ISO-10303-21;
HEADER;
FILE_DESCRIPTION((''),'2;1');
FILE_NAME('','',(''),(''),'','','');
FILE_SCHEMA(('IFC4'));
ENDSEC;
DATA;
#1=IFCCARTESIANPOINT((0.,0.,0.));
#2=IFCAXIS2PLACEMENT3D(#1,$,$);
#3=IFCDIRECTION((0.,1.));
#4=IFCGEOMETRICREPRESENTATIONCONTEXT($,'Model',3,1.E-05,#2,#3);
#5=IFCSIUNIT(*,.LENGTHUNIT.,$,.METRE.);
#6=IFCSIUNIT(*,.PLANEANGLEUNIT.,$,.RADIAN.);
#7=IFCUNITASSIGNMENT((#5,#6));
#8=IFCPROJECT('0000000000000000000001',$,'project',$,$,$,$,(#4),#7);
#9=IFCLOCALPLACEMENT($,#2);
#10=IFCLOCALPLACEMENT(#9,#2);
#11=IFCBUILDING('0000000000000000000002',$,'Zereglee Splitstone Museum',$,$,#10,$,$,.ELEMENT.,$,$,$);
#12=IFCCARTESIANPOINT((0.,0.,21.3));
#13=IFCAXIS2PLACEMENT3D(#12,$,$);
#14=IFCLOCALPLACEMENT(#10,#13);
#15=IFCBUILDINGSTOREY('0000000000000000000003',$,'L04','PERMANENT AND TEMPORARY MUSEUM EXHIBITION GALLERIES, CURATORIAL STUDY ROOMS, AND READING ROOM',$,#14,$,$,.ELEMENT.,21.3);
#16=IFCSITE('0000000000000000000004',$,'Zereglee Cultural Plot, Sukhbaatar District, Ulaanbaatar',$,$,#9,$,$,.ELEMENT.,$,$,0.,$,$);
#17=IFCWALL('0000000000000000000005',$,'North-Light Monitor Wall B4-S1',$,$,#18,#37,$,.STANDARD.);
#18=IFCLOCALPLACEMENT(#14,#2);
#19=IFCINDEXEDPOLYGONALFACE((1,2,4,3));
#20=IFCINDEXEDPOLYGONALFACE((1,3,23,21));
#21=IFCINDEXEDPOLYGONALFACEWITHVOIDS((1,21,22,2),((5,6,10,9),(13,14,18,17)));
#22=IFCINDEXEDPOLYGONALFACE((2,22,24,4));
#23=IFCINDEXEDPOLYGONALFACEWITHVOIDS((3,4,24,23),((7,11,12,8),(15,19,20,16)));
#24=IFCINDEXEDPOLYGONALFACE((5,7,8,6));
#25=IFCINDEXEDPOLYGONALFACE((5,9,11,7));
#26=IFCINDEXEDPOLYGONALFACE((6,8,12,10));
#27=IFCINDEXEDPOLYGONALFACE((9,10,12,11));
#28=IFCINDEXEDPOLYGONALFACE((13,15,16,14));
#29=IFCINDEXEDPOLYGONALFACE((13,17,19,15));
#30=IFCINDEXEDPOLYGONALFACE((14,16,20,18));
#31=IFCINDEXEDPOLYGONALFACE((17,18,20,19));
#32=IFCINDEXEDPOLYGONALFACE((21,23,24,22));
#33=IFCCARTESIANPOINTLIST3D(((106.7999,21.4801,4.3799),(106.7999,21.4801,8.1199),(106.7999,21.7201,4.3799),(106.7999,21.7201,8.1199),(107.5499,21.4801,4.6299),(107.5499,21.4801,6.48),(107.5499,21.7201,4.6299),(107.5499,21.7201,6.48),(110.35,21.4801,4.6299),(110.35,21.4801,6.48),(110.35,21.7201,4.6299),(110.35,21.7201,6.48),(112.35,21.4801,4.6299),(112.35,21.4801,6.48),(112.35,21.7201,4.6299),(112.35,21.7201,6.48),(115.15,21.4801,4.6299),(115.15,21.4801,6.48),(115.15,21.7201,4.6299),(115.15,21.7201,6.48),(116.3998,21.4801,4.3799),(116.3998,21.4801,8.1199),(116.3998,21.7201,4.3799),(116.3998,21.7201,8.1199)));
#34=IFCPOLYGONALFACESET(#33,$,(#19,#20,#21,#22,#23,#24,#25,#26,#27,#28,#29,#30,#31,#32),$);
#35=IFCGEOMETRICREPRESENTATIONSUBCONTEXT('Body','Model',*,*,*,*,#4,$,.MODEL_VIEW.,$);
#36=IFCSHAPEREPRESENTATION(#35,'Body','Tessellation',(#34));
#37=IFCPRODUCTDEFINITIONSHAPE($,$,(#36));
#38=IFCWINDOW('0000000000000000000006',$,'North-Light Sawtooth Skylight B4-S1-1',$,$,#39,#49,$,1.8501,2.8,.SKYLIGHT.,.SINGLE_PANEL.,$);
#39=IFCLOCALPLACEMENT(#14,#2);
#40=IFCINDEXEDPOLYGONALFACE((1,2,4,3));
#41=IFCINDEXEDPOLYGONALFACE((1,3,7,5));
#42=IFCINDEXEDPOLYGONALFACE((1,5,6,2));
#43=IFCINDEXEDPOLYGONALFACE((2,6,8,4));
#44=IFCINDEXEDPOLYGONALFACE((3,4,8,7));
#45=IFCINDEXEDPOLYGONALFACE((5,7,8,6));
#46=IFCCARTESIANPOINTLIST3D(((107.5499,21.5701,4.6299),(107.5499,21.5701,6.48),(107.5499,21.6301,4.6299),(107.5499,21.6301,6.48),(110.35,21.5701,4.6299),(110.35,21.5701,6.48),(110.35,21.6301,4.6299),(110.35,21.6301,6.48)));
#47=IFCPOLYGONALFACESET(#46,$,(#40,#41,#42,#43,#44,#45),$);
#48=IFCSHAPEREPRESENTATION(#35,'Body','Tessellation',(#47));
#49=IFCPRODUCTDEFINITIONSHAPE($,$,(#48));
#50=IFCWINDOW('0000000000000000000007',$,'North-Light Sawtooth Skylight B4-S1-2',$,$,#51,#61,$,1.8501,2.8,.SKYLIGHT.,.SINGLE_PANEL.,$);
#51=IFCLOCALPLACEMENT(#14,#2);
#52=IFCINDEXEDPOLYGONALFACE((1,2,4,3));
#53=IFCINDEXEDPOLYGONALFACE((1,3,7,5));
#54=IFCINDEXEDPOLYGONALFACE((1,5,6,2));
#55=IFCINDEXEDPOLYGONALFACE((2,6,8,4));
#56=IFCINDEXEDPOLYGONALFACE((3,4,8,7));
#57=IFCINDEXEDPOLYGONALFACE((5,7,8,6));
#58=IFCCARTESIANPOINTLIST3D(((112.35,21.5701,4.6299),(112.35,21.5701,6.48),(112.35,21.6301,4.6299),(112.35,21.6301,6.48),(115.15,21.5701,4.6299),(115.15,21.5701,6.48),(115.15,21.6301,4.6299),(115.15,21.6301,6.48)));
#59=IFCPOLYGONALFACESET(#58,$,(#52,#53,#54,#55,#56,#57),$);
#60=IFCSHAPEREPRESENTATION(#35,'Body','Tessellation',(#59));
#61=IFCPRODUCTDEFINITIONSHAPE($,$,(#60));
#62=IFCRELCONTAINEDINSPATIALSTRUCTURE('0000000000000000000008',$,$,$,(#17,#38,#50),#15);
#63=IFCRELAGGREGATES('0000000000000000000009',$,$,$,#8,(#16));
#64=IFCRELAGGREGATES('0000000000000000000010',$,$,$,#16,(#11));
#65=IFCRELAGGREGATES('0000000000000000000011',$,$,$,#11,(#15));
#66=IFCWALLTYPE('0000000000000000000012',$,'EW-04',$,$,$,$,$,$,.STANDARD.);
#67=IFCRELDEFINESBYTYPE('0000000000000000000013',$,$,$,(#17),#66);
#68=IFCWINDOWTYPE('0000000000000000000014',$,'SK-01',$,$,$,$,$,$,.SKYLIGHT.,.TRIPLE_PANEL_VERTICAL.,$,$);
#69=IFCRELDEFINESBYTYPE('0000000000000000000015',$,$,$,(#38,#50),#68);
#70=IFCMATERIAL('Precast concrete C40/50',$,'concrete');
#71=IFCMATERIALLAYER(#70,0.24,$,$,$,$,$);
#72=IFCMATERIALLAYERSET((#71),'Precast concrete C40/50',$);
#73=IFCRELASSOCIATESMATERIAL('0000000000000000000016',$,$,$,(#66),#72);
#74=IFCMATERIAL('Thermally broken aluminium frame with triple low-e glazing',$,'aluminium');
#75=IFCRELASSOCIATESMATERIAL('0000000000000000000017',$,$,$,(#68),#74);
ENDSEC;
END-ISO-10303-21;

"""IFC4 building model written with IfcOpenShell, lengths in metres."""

from ifc_helpers import new_model, si_unit, direction, frame, frame_2d, origin, place, context, subcontext, project, spatial, rectangle, extrude, material, layer, layer_set, type_object, element, fill, save


model = new_model("IFC4")

# Units and contexts
model_context = context("Model", 3, precision=1e-05, world=origin(), true_north=direction((0.0, 1.0)))
body_context = subcontext(model_context, "Body", "Model", "MODEL_VIEW")
ifc_project = project(units=[si_unit("LENGTHUNIT", "METRE"), si_unit("PLANEANGLEUNIT", "RADIAN")], contexts=[model_context])

# Site, building, storey
site_placement = place(None, origin())
site = spatial("IfcSite", under=ifc_project, at=site_placement, Name="Zereglee Cultural Plot, Sukhbaatar District, Ulaanbaatar", CompositionType="ELEMENT", RefElevation=0.0)
building_placement = place(site_placement, origin())
building = spatial("IfcBuilding", under=site, at=building_placement, Name="Zereglee Splitstone Museum", CompositionType="ELEMENT")
storey_placement = place(building_placement, frame((0.0, 0.0, 21.3)))
storey = spatial("IfcBuildingStorey", under=building, at=storey_placement, Name="L04", Description="PERMANENT AND TEMPORARY MUSEUM EXHIBITION GALLERIES, CURATORIAL STUDY ROOMS, AND READING ROOM", CompositionType="ELEMENT", Elevation=21.3)

# Wall, openings, windows
ifc_material_1 = material(Name="Precast concrete C40/50", Category="concrete")
ifc_layer_1 = layer(ifc_material_1, 0.24)
ifc_layer_set_1 = layer_set([ifc_layer_1], Name="Precast concrete C40/50")
wall_type = type_object("IfcWallType", Name="EW-04", PredefinedType="STANDARD", material=ifc_layer_set_1)
wall_placement = place(storey_placement, frame((106.8, 21.6001, 4.3799), z_axis=(0.0, 0.0, 1.0), x_axis=(1.0, 0.0, 0.0)))
wall = element("IfcWall", 1, at=wall_placement, inside=storey, type_object=wall_type, Name="North-Light Monitor Wall B4-S1", PredefinedType="STANDARD", context=body_context, shape_type="SweptSolid", body=[
    extrude(rectangle(XDim=9.5999, YDim=0.24, at=frame_2d((4.7998, 0.0))), origin(), (0.0, 0.0, 1.0), 3.74),
])
opening_1_placement = place(wall_placement, frame((0.75, 0.0, 0.25)))
opening_1 = element("IfcOpeningElement", 2, at=opening_1_placement, cuts=wall, PredefinedType="OPENING", context=body_context, shape_type="SweptSolid", body=[
    extrude(rectangle(XDim=2.8, YDim=1.8501, at=frame_2d((1.3999, 0.925))), frame((0.0, 0.1348, 0.0), z_axis=(0.0, -1.0, 0.0), x_axis=(1.0, 0.0, 0.0)), (0.0, 0.0, 1.0), 0.2698),
])
opening_2_placement = place(wall_placement, frame((5.55, 0.0, 0.25)))
opening_2 = element("IfcOpeningElement", 3, at=opening_2_placement, cuts=wall, PredefinedType="OPENING", context=body_context, shape_type="SweptSolid", body=[
    extrude(rectangle(XDim=2.8, YDim=1.8501, at=frame_2d((1.3999, 0.925))), frame((0.0, 0.1348, 0.0), z_axis=(0.0, -1.0, 0.0), x_axis=(1.0, 0.0, 0.0)), (0.0, 0.0, 1.0), 0.2698),
])
ifc_material_2 = material(Name="Thermally broken aluminium frame with triple low-e glazing", Category="aluminium")
window_type = type_object("IfcWindowType", Name="SK-01", PartitioningType="TRIPLE_PANEL_VERTICAL", PredefinedType="SKYLIGHT", material=ifc_material_2)
window_1_placement = place(opening_1_placement, origin())
window_1 = element("IfcWindow", 4, at=window_1_placement, inside=storey, type_object=window_type, Name="North-Light Sawtooth Skylight B4-S1-1", OverallHeight=1.8501, OverallWidth=2.8, PartitioningType="SINGLE_PANEL", PredefinedType="SKYLIGHT", context=body_context, shape_type="SweptSolid", body=[
    extrude(rectangle(XDim=2.8, YDim=1.8501, at=frame_2d((1.3999, 0.925))), frame((0.0, 0.03, 0.0), z_axis=(0.0, -1.0, 0.0), x_axis=(1.0, 0.0, 0.0)), (0.0, 0.0, 1.0), 0.0601),
])
fill(opening_1, window_1)
window_2_placement = place(opening_2_placement, origin())
window_2 = element("IfcWindow", 5, at=window_2_placement, inside=storey, type_object=window_type, Name="North-Light Sawtooth Skylight B4-S1-2", OverallHeight=1.8501, OverallWidth=2.8, PartitioningType="SINGLE_PANEL", PredefinedType="SKYLIGHT", context=body_context, shape_type="SweptSolid", body=[
    extrude(rectangle(XDim=2.8, YDim=1.8501, at=frame_2d((1.3999, 0.925))), frame((0.0, 0.03, 0.0), z_axis=(0.0, -1.0, 0.0), x_axis=(1.0, 0.0, 0.0)), (0.0, 0.0, 1.0), 0.0601),
])
fill(opening_2, window_2)

save(model, "model.ifc")
